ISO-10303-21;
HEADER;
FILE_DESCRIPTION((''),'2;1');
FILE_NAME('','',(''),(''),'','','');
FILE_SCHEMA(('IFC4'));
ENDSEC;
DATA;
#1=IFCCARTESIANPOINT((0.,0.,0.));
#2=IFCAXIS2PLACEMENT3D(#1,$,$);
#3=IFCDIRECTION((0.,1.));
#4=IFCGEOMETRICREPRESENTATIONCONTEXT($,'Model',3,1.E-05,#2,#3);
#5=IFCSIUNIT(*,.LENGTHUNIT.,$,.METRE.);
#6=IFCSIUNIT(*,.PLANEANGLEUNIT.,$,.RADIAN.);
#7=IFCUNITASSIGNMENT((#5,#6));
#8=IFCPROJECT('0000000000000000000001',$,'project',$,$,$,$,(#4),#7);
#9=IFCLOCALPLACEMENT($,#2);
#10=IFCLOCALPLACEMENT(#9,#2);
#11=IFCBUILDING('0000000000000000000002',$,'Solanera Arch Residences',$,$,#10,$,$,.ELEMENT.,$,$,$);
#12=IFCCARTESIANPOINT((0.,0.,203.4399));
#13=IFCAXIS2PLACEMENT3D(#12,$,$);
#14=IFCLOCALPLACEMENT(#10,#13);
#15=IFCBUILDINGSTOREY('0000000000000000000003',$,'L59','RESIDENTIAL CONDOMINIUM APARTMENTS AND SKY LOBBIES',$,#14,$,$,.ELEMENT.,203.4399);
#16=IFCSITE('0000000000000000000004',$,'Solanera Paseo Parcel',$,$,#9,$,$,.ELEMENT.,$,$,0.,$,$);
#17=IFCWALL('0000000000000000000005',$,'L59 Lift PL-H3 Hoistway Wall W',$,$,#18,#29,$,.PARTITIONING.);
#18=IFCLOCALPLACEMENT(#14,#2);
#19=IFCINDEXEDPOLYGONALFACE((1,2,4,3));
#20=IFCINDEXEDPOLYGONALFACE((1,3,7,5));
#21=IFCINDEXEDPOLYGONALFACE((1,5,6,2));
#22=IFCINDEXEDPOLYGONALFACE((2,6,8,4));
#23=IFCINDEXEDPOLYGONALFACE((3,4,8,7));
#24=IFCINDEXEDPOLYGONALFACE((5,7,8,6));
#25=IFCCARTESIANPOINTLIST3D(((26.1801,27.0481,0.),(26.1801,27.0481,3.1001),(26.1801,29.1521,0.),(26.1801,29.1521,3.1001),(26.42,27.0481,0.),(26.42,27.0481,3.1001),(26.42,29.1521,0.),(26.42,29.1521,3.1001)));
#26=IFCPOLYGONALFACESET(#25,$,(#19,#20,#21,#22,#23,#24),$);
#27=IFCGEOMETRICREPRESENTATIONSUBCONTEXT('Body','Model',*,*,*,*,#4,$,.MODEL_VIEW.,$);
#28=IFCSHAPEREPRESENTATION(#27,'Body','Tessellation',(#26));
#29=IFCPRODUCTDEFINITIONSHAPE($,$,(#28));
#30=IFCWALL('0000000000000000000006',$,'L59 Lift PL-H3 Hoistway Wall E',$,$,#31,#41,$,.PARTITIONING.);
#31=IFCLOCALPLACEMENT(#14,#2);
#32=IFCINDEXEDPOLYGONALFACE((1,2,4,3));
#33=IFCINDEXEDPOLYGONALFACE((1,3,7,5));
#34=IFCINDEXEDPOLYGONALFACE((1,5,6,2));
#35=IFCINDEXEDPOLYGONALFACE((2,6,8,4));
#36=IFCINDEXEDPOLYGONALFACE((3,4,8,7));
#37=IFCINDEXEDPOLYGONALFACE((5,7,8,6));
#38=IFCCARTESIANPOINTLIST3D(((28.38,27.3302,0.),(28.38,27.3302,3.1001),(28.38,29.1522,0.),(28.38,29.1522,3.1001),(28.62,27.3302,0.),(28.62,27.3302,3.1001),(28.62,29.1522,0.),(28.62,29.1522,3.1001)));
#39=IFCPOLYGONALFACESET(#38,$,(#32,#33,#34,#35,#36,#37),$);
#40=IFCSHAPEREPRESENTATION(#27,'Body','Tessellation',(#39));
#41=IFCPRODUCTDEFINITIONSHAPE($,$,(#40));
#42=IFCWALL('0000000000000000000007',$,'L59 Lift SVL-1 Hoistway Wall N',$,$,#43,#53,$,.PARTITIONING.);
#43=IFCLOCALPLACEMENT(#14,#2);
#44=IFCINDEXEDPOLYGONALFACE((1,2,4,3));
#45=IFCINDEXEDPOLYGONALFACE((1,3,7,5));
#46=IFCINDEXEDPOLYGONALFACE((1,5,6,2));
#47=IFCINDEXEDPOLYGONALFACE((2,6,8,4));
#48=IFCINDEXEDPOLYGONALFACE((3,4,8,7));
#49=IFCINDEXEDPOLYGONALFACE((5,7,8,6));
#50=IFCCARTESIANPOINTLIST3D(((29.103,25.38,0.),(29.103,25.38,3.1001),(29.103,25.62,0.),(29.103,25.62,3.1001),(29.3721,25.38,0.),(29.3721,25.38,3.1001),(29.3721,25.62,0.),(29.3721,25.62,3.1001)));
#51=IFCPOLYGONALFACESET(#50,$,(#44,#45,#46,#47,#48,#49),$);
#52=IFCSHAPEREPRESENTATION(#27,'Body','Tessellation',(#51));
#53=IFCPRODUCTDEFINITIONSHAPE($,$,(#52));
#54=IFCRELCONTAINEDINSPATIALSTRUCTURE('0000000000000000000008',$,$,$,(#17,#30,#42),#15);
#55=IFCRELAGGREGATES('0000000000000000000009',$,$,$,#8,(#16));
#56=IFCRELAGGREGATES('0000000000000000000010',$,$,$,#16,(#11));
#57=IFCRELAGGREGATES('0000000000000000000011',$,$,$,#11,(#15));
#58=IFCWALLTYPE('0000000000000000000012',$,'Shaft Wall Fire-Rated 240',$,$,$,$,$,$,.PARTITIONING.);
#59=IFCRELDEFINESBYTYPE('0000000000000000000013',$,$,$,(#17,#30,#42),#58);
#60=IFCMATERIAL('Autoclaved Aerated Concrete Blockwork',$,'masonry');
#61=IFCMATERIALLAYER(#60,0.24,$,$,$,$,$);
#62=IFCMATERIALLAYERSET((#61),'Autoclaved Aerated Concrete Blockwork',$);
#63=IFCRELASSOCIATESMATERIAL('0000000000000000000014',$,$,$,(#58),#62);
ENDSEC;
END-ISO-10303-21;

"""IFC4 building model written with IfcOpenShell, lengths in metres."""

from ifc_helpers import new_model, si_unit, direction, frame, frame_2d, origin, place, context, subcontext, project, spatial, rectangle, extrude, material, layer, layer_set, type_object, element, save


model = new_model("IFC4")

# Units and contexts
model_context = context("Model", 3, precision=1e-05, world=origin(), true_north=direction((0.0, 1.0)))
body_context = subcontext(model_context, "Body", "Model", "MODEL_VIEW")
ifc_project = project(units=[si_unit("LENGTHUNIT", "METRE"), si_unit("PLANEANGLEUNIT", "RADIAN")], contexts=[model_context])

# Site, building, storey
site_placement = place(None, origin())
site = spatial("IfcSite", under=ifc_project, at=site_placement, Name="Solanera Paseo Parcel", CompositionType="ELEMENT", RefElevation=0.0)
building_placement = place(site_placement, origin())
building = spatial("IfcBuilding", under=site, at=building_placement, Name="Solanera Arch Residences", CompositionType="ELEMENT")
storey_placement = place(building_placement, frame((0.0, 0.0, 203.4399)))
storey = spatial("IfcBuildingStorey", under=building, at=storey_placement, Name="L59", Description="RESIDENTIAL CONDOMINIUM APARTMENTS AND SKY LOBBIES", CompositionType="ELEMENT", Elevation=203.4399)

# Walls
ifc_material_1 = material(Name="Autoclaved Aerated Concrete Blockwork", Category="masonry")
ifc_layer_1 = layer(ifc_material_1, 0.24)
ifc_layer_set_1 = layer_set([ifc_layer_1], Name="Autoclaved Aerated Concrete Blockwork")
wall_type_1 = type_object("IfcWallType", Name="Shaft Wall Fire-Rated 240", PredefinedType="PARTITIONING", material=ifc_layer_set_1)
wall_1_placement = place(storey_placement, frame((26.3, 27.0481, 0.0), z_axis=(0.0, 0.0, 1.0), x_axis=(0.0, 1.0, 0.0)))
element("IfcWall", 1, at=wall_1_placement, inside=storey, type_object=wall_type_1, Name="L59 Lift PL-H3 Hoistway Wall W", PredefinedType="PARTITIONING", context=body_context, shape_type="SweptSolid", body=[
    extrude(rectangle(XDim=2.104, YDim=0.24, at=frame_2d((1.052, 0.0))), origin(), (0.0, 0.0, 1.0), 3.1001),
])
wall_2_placement = place(storey_placement, frame((28.5, 27.3301, 0.0), z_axis=(0.0, 0.0, 1.0), x_axis=(0.0, 1.0, 0.0)))
element("IfcWall", 2, at=wall_2_placement, inside=storey, type_object=wall_type_1, Name="L59 Lift PL-H3 Hoistway Wall E", PredefinedType="PARTITIONING", context=body_context, shape_type="SweptSolid", body=[
    extrude(rectangle(XDim=1.822, YDim=0.24, at=frame_2d((0.9111, 0.0))), origin(), (0.0, 0.0, 1.0), 3.1001),
])
wall_3_placement = place(storey_placement, frame((29.103, 25.5, 0.0), z_axis=(0.0, 0.0, 1.0), x_axis=(1.0, 0.0, 0.0)))
element("IfcWall", 3, at=wall_3_placement, inside=storey, type_object=wall_type_1, Name="L59 Lift SVL-1 Hoistway Wall N", PredefinedType="PARTITIONING", context=body_context, shape_type="SweptSolid", body=[
    extrude(rectangle(XDim=0.269, YDim=0.24, at=frame_2d((0.1345, 0.0))), origin(), (0.0, 0.0, 1.0), 3.1001),
])

save(model, "model.ifc")
